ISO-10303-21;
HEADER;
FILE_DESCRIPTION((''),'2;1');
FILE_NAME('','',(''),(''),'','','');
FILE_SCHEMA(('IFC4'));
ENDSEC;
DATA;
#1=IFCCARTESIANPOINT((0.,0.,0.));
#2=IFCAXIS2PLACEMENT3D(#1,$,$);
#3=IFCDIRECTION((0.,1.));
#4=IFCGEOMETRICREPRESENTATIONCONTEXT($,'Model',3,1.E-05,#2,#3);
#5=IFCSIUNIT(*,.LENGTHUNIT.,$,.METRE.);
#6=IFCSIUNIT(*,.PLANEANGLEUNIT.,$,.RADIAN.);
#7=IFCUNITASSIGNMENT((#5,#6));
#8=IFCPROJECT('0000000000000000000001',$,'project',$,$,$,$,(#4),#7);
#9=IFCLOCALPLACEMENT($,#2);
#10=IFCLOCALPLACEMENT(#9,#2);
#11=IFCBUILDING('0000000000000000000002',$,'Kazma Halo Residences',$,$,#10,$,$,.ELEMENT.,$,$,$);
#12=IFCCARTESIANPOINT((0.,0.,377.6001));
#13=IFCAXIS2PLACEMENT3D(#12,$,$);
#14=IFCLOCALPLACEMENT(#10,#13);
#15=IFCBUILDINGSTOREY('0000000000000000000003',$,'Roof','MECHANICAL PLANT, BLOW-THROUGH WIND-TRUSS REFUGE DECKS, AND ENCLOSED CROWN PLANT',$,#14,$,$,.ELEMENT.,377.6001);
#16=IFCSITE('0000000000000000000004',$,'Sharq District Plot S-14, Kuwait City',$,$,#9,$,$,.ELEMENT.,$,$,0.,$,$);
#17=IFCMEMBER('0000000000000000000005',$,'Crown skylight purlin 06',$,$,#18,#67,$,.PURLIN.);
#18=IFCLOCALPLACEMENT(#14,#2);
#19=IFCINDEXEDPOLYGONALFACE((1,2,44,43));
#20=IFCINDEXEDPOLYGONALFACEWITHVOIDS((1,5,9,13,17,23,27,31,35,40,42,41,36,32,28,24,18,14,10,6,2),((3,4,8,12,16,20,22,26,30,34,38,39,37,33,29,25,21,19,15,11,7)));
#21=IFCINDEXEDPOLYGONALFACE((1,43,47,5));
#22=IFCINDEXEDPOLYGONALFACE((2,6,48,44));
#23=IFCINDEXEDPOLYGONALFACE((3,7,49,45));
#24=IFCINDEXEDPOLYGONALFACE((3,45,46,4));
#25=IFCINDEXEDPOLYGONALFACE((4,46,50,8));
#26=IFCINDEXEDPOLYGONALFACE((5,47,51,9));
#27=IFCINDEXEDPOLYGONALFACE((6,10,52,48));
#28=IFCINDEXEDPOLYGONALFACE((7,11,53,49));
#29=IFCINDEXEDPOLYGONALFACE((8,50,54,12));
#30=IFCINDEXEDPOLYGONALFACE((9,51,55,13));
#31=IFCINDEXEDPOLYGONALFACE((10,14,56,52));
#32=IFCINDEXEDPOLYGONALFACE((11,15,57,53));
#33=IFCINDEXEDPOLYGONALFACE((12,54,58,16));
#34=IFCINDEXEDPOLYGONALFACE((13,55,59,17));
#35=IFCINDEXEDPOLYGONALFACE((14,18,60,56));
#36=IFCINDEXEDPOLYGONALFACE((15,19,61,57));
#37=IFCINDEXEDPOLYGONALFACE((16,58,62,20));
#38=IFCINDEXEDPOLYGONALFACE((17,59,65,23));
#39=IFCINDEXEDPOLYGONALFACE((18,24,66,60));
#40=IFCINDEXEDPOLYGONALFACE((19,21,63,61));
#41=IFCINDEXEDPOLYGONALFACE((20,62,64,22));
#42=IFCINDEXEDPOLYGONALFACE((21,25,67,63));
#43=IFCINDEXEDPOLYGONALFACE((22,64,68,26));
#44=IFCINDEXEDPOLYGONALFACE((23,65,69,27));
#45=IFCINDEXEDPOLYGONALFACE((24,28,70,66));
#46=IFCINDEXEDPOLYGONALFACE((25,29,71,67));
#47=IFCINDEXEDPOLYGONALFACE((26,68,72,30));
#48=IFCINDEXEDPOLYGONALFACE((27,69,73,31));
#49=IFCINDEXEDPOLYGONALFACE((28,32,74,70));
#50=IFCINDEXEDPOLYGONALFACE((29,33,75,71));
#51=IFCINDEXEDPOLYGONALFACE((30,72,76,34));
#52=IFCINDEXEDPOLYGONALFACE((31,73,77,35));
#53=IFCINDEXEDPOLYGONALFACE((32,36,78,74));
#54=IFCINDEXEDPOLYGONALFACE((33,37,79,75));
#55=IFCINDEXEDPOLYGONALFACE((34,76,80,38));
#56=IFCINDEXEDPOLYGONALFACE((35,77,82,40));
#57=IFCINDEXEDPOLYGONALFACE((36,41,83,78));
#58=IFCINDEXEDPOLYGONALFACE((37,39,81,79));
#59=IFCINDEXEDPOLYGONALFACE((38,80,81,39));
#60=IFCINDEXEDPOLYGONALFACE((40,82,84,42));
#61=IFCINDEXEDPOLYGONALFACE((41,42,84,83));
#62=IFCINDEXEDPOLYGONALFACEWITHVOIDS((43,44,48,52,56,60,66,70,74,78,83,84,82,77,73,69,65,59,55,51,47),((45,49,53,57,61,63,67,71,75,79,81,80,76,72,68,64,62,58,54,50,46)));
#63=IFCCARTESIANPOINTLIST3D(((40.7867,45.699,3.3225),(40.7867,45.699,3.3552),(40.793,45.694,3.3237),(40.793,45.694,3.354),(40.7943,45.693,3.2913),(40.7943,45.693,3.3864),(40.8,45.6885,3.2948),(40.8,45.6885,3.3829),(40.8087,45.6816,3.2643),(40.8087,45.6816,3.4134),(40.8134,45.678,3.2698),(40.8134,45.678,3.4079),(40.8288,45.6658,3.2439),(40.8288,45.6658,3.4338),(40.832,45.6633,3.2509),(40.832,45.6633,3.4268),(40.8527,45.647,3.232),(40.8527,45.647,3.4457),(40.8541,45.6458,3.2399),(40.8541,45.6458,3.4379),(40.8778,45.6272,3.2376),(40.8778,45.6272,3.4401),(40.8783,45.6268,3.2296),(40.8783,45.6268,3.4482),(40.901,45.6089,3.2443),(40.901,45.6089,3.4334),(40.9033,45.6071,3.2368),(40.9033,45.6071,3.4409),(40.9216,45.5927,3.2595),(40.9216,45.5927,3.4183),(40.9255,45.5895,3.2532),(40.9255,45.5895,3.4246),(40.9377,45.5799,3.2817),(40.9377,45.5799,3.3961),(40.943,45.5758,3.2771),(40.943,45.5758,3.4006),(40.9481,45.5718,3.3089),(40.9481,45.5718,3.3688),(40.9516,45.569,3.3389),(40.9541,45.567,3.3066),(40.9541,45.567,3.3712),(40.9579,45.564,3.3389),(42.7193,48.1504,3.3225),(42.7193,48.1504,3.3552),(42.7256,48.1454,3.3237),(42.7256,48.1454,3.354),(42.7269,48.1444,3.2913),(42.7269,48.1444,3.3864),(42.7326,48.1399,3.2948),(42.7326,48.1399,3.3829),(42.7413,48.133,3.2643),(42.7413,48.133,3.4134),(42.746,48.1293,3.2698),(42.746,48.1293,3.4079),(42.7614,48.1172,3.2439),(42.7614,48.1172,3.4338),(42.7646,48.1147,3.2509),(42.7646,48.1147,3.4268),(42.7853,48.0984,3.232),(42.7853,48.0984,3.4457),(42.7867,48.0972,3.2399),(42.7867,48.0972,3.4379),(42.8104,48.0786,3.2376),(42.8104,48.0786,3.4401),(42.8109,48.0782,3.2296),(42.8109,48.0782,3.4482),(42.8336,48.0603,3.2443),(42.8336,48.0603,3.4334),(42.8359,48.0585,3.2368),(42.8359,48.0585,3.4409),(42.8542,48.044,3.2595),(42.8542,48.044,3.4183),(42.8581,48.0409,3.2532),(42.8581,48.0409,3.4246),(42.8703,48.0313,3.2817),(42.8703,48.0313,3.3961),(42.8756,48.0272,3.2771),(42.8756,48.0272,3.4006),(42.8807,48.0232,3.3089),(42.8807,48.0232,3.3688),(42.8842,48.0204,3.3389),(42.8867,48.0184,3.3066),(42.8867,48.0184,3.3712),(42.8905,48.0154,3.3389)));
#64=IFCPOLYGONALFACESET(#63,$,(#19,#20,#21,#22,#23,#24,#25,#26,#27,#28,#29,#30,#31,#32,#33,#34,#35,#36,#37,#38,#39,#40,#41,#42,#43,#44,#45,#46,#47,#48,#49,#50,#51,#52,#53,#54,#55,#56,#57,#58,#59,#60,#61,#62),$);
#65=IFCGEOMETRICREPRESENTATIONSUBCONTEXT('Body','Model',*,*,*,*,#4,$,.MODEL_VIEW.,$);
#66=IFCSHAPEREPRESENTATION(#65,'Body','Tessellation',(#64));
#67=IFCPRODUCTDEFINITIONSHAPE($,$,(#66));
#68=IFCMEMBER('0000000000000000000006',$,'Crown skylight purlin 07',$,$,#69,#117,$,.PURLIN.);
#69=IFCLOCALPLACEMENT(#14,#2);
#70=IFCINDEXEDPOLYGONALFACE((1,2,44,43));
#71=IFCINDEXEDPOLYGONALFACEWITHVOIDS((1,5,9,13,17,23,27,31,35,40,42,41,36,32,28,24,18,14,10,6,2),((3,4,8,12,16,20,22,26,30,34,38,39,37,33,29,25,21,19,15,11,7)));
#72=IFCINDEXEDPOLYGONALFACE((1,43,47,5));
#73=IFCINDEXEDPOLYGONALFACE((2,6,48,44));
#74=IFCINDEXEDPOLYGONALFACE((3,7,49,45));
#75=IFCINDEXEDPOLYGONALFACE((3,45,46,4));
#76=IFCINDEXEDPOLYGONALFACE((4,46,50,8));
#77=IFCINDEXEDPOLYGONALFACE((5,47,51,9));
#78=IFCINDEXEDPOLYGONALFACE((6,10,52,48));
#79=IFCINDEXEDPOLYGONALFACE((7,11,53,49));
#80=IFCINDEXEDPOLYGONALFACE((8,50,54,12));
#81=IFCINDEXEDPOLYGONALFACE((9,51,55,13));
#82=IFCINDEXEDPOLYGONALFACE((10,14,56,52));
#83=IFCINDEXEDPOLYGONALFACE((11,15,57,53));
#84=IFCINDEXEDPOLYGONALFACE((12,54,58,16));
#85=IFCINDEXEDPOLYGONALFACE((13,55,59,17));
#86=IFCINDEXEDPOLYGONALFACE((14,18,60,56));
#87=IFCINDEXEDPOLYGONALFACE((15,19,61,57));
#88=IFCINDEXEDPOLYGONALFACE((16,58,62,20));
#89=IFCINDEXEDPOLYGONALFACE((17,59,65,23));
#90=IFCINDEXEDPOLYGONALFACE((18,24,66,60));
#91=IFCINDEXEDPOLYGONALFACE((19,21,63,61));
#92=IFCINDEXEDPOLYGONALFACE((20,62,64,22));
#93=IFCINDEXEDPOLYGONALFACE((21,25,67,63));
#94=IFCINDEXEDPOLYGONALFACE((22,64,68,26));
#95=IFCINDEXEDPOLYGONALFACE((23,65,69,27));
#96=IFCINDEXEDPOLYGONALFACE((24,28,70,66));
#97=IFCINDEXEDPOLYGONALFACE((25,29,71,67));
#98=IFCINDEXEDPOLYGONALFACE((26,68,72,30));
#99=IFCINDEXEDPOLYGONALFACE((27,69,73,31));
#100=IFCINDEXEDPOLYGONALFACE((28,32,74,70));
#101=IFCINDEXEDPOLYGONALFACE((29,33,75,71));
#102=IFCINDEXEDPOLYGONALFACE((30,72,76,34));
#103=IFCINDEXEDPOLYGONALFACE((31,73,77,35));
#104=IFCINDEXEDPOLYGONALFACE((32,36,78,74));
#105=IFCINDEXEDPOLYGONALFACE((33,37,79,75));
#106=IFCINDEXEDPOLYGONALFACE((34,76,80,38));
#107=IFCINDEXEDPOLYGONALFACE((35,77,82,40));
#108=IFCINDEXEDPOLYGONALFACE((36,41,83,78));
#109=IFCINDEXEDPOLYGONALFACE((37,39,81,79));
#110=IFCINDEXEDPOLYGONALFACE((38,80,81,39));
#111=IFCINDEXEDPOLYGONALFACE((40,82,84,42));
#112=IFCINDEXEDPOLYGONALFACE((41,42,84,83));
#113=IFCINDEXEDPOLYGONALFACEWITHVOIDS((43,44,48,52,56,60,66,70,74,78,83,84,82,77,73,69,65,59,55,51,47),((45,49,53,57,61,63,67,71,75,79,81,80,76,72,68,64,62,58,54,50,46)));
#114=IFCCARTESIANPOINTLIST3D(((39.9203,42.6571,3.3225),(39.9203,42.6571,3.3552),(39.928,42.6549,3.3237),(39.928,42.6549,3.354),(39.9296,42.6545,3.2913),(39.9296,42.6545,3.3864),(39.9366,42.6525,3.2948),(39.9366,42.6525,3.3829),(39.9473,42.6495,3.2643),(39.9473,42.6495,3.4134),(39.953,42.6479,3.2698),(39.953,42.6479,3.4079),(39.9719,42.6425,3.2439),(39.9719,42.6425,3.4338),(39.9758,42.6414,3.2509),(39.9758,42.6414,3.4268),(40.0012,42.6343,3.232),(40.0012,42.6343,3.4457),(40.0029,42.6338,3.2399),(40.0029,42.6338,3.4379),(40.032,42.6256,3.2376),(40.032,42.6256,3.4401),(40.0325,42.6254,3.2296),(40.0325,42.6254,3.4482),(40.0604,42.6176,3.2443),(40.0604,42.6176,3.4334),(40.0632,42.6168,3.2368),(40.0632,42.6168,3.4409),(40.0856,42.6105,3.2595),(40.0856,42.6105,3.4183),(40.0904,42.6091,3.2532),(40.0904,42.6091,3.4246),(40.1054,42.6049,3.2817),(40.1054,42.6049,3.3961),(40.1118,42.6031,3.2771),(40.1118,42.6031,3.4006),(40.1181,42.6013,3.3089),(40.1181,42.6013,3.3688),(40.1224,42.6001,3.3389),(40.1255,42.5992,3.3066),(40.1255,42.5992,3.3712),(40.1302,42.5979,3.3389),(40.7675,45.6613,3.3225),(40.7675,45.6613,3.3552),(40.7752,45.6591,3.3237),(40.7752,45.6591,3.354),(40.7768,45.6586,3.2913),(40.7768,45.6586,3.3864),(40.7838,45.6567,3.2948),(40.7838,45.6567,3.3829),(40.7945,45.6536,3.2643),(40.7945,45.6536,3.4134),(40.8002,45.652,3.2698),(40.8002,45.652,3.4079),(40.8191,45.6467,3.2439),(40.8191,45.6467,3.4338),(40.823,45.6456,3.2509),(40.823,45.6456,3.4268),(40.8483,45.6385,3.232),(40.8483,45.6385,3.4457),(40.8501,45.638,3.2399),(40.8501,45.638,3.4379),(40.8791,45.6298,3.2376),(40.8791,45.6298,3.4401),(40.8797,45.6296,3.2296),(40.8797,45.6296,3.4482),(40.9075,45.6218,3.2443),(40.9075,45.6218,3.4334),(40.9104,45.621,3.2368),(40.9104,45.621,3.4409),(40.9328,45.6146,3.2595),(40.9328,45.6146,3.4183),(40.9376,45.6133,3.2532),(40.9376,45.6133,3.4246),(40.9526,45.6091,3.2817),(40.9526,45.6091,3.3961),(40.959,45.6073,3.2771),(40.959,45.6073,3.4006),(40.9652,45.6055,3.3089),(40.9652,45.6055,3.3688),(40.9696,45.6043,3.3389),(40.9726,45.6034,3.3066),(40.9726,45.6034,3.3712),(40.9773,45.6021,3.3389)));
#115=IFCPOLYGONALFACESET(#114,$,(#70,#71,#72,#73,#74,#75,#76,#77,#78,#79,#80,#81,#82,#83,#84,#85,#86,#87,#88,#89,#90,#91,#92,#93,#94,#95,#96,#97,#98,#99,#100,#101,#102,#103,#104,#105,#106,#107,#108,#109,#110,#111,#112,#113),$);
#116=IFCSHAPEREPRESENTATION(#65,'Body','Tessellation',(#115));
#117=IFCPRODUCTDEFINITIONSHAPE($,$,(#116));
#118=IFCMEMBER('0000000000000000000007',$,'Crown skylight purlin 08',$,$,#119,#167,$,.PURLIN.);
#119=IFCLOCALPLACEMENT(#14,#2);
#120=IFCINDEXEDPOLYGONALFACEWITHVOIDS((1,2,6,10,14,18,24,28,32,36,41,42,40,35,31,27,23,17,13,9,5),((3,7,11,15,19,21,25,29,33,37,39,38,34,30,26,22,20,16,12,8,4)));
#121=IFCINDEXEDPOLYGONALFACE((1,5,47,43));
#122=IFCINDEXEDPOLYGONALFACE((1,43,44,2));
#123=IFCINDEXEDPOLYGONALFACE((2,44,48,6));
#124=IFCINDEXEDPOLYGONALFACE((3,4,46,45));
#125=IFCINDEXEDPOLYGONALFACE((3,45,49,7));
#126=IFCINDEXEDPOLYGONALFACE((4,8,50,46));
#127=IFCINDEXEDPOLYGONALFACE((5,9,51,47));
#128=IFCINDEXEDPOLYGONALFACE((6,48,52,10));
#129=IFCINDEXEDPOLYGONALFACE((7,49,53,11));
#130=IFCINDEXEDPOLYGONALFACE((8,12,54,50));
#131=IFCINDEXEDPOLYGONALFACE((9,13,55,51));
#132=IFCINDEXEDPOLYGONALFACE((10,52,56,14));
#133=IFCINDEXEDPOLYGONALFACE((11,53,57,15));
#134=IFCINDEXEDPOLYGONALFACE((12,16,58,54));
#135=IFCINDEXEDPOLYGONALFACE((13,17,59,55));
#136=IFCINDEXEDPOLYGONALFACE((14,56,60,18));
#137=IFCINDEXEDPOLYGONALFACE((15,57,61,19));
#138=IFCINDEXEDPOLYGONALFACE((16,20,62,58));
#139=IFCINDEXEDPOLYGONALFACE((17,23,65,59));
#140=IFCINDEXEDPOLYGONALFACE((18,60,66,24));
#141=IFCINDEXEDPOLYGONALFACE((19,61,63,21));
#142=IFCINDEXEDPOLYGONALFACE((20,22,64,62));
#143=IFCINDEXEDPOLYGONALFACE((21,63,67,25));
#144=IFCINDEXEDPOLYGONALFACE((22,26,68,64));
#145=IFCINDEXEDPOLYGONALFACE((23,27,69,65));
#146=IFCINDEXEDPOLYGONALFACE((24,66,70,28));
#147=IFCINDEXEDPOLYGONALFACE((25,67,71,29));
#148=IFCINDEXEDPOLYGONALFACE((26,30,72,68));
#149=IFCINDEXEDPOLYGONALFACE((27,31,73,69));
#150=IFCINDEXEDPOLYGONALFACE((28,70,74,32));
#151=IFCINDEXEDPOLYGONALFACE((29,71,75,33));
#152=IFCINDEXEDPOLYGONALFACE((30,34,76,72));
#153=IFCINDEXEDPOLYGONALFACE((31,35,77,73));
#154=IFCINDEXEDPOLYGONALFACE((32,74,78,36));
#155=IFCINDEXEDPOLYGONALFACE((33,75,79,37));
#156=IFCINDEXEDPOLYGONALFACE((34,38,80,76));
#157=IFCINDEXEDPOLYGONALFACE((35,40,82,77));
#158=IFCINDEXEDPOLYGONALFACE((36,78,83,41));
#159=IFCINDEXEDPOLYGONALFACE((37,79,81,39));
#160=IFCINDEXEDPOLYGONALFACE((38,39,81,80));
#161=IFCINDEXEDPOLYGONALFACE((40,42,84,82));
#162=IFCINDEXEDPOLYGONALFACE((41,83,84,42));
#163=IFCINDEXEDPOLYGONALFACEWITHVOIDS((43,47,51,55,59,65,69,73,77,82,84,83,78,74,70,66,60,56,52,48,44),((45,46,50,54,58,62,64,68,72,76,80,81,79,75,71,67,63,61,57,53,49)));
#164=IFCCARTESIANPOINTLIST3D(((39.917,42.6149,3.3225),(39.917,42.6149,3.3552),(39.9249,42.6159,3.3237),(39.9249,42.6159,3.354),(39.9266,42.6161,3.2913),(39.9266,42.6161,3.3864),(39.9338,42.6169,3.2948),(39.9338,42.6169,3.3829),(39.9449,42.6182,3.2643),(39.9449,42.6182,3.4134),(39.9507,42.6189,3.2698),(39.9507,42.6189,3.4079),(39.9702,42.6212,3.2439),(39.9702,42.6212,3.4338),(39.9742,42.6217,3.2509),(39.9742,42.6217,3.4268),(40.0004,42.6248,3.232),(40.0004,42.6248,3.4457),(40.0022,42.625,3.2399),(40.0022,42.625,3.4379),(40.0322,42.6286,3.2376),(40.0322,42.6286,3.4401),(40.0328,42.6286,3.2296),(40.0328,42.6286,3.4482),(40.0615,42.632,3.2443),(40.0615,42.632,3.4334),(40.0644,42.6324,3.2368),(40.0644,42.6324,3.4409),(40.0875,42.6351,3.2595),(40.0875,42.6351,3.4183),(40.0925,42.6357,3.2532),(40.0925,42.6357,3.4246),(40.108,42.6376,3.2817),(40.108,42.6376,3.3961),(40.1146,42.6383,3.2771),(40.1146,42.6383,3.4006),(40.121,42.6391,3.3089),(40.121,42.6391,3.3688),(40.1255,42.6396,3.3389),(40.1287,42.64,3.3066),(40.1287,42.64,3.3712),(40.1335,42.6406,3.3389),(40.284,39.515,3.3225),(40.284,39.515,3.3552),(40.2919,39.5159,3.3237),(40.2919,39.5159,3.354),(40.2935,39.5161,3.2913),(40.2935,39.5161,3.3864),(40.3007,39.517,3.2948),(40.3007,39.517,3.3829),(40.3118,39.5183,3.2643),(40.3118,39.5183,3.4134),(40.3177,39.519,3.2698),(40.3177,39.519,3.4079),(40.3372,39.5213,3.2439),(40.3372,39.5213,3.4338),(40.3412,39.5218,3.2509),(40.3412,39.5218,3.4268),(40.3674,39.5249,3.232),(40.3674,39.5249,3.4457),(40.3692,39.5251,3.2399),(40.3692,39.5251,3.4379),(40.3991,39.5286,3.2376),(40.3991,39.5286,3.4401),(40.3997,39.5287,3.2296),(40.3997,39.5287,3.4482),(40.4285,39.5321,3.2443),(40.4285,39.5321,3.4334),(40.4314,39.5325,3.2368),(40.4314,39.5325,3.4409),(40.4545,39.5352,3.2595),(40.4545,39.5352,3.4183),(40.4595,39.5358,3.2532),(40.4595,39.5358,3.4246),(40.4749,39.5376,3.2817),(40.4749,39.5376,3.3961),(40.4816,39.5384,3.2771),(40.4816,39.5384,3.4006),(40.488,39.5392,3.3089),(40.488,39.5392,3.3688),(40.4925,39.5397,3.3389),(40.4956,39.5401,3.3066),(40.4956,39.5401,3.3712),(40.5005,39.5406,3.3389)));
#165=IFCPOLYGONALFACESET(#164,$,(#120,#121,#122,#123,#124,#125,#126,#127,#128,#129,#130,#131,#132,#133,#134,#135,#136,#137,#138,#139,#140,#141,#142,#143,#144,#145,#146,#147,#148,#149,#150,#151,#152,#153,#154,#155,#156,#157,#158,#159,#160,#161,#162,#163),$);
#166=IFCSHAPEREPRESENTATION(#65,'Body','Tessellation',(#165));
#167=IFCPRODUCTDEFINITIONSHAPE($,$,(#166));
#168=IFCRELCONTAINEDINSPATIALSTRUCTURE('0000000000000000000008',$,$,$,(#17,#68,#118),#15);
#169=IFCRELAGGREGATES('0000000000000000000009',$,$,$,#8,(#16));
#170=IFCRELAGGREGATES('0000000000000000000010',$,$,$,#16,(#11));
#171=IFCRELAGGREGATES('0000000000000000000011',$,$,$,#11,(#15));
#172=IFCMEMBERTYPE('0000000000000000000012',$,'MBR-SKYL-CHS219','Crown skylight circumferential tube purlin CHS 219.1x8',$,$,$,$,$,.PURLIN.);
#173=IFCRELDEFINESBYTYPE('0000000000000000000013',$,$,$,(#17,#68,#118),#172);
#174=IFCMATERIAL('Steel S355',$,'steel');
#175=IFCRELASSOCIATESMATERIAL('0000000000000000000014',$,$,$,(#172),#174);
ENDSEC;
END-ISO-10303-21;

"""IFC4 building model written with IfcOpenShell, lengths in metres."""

from ifc_helpers import new_model, si_unit, direction, frame, origin, origin_2d, place, context, subcontext, project, spatial, hollow_circle, extrude, material, material_profile, profile_set, type_object, element, save


model = new_model("IFC4")

# Units and contexts
model_context = context("Model", 3, precision=1e-05, world=origin(), true_north=direction((0.0, 1.0)))
body_context = subcontext(model_context, "Body", "Model", "MODEL_VIEW")
ifc_project = project(units=[si_unit("LENGTHUNIT", "METRE"), si_unit("PLANEANGLEUNIT", "RADIAN")], contexts=[model_context])

# Site, building, storey
site_placement = place(None, origin())
site = spatial("IfcSite", under=ifc_project, at=site_placement, Name="Sharq District Plot S-14, Kuwait City", CompositionType="ELEMENT", RefElevation=0.0)
building_placement = place(site_placement, origin())
building = spatial("IfcBuilding", under=site, at=building_placement, Name="Kazma Halo Residences", CompositionType="ELEMENT")
storey_placement = place(building_placement, frame((0.0, 0.0, 377.6001)))
storey = spatial("IfcBuildingStorey", under=building, at=storey_placement, Name="Roof", Description="MECHANICAL PLANT, BLOW-THROUGH WIND-TRUSS REFUGE DECKS, AND ENCLOSED CROWN PLANT", CompositionType="ELEMENT", Elevation=377.6001)

# Shared definitions
ifc_material_1 = material(Name="Steel S355", Category="steel")

# Members
ifc_material_profile_1 = material_profile(ifc_material_1, hollow_circle(Radius=0.1096, WallThickness=0.0081, at=origin_2d()), Name="CHS219.1x8")
ifc_profile_set_1 = profile_set([ifc_material_profile_1], Name="Steel S355")
member_type_1 = type_object("IfcMemberType", Name="MBR-SKYL-CHS219", Description="Crown skylight circumferential tube purlin CHS 219.1x8", PredefinedType="PURLIN", material=ifc_profile_set_1)
member_1_placement = place(storey_placement, frame((42.8044, 48.0833, 3.3389), z_axis=(-0.619109, -0.785305, 0.0), x_axis=(0.785305, -0.619109, 0.0)))
element("IfcMember", 1, at=member_1_placement, inside=storey, type_object=member_type_1, Name="Crown skylight purlin 06", PredefinedType="PURLIN", context=body_context, shape_type="SweptSolid", body=[
    extrude(hollow_circle(Radius=0.1096, WallThickness=0.0081, at=origin_2d()), origin(), (0.0, 0.0, 1.0), 3.1216),
])
member_2_placement = place(storey_placement, frame((40.8718, 45.6318, 3.3389), z_axis=(-0.271414, -0.962463, 0.0), x_axis=(0.962463, -0.271414, 0.0)))
element("IfcMember", 2, at=member_2_placement, inside=storey, type_object=member_type_1, Name="Crown skylight purlin 07", PredefinedType="PURLIN", context=body_context, shape_type="SweptSolid", body=[
    extrude(hollow_circle(Radius=0.1096, WallThickness=0.0081, at=origin_2d()), origin(), (0.0, 0.0, 1.0), 3.1213),
])
member_3_placement = place(storey_placement, frame((40.0247, 42.6277, 3.3389), z_axis=(0.117554, -0.993067, 0.0), x_axis=(0.993067, 0.117554, 0.0)))
element("IfcMember", 3, at=member_3_placement, inside=storey, type_object=member_type_1, Name="Crown skylight purlin 08", PredefinedType="PURLIN", context=body_context, shape_type="SweptSolid", body=[
    extrude(hollow_circle(Radius=0.1096, WallThickness=0.0081, at=origin_2d()), origin(), (0.0, 0.0, 1.0), 3.1216),
])

save(model, "model.ifc")
